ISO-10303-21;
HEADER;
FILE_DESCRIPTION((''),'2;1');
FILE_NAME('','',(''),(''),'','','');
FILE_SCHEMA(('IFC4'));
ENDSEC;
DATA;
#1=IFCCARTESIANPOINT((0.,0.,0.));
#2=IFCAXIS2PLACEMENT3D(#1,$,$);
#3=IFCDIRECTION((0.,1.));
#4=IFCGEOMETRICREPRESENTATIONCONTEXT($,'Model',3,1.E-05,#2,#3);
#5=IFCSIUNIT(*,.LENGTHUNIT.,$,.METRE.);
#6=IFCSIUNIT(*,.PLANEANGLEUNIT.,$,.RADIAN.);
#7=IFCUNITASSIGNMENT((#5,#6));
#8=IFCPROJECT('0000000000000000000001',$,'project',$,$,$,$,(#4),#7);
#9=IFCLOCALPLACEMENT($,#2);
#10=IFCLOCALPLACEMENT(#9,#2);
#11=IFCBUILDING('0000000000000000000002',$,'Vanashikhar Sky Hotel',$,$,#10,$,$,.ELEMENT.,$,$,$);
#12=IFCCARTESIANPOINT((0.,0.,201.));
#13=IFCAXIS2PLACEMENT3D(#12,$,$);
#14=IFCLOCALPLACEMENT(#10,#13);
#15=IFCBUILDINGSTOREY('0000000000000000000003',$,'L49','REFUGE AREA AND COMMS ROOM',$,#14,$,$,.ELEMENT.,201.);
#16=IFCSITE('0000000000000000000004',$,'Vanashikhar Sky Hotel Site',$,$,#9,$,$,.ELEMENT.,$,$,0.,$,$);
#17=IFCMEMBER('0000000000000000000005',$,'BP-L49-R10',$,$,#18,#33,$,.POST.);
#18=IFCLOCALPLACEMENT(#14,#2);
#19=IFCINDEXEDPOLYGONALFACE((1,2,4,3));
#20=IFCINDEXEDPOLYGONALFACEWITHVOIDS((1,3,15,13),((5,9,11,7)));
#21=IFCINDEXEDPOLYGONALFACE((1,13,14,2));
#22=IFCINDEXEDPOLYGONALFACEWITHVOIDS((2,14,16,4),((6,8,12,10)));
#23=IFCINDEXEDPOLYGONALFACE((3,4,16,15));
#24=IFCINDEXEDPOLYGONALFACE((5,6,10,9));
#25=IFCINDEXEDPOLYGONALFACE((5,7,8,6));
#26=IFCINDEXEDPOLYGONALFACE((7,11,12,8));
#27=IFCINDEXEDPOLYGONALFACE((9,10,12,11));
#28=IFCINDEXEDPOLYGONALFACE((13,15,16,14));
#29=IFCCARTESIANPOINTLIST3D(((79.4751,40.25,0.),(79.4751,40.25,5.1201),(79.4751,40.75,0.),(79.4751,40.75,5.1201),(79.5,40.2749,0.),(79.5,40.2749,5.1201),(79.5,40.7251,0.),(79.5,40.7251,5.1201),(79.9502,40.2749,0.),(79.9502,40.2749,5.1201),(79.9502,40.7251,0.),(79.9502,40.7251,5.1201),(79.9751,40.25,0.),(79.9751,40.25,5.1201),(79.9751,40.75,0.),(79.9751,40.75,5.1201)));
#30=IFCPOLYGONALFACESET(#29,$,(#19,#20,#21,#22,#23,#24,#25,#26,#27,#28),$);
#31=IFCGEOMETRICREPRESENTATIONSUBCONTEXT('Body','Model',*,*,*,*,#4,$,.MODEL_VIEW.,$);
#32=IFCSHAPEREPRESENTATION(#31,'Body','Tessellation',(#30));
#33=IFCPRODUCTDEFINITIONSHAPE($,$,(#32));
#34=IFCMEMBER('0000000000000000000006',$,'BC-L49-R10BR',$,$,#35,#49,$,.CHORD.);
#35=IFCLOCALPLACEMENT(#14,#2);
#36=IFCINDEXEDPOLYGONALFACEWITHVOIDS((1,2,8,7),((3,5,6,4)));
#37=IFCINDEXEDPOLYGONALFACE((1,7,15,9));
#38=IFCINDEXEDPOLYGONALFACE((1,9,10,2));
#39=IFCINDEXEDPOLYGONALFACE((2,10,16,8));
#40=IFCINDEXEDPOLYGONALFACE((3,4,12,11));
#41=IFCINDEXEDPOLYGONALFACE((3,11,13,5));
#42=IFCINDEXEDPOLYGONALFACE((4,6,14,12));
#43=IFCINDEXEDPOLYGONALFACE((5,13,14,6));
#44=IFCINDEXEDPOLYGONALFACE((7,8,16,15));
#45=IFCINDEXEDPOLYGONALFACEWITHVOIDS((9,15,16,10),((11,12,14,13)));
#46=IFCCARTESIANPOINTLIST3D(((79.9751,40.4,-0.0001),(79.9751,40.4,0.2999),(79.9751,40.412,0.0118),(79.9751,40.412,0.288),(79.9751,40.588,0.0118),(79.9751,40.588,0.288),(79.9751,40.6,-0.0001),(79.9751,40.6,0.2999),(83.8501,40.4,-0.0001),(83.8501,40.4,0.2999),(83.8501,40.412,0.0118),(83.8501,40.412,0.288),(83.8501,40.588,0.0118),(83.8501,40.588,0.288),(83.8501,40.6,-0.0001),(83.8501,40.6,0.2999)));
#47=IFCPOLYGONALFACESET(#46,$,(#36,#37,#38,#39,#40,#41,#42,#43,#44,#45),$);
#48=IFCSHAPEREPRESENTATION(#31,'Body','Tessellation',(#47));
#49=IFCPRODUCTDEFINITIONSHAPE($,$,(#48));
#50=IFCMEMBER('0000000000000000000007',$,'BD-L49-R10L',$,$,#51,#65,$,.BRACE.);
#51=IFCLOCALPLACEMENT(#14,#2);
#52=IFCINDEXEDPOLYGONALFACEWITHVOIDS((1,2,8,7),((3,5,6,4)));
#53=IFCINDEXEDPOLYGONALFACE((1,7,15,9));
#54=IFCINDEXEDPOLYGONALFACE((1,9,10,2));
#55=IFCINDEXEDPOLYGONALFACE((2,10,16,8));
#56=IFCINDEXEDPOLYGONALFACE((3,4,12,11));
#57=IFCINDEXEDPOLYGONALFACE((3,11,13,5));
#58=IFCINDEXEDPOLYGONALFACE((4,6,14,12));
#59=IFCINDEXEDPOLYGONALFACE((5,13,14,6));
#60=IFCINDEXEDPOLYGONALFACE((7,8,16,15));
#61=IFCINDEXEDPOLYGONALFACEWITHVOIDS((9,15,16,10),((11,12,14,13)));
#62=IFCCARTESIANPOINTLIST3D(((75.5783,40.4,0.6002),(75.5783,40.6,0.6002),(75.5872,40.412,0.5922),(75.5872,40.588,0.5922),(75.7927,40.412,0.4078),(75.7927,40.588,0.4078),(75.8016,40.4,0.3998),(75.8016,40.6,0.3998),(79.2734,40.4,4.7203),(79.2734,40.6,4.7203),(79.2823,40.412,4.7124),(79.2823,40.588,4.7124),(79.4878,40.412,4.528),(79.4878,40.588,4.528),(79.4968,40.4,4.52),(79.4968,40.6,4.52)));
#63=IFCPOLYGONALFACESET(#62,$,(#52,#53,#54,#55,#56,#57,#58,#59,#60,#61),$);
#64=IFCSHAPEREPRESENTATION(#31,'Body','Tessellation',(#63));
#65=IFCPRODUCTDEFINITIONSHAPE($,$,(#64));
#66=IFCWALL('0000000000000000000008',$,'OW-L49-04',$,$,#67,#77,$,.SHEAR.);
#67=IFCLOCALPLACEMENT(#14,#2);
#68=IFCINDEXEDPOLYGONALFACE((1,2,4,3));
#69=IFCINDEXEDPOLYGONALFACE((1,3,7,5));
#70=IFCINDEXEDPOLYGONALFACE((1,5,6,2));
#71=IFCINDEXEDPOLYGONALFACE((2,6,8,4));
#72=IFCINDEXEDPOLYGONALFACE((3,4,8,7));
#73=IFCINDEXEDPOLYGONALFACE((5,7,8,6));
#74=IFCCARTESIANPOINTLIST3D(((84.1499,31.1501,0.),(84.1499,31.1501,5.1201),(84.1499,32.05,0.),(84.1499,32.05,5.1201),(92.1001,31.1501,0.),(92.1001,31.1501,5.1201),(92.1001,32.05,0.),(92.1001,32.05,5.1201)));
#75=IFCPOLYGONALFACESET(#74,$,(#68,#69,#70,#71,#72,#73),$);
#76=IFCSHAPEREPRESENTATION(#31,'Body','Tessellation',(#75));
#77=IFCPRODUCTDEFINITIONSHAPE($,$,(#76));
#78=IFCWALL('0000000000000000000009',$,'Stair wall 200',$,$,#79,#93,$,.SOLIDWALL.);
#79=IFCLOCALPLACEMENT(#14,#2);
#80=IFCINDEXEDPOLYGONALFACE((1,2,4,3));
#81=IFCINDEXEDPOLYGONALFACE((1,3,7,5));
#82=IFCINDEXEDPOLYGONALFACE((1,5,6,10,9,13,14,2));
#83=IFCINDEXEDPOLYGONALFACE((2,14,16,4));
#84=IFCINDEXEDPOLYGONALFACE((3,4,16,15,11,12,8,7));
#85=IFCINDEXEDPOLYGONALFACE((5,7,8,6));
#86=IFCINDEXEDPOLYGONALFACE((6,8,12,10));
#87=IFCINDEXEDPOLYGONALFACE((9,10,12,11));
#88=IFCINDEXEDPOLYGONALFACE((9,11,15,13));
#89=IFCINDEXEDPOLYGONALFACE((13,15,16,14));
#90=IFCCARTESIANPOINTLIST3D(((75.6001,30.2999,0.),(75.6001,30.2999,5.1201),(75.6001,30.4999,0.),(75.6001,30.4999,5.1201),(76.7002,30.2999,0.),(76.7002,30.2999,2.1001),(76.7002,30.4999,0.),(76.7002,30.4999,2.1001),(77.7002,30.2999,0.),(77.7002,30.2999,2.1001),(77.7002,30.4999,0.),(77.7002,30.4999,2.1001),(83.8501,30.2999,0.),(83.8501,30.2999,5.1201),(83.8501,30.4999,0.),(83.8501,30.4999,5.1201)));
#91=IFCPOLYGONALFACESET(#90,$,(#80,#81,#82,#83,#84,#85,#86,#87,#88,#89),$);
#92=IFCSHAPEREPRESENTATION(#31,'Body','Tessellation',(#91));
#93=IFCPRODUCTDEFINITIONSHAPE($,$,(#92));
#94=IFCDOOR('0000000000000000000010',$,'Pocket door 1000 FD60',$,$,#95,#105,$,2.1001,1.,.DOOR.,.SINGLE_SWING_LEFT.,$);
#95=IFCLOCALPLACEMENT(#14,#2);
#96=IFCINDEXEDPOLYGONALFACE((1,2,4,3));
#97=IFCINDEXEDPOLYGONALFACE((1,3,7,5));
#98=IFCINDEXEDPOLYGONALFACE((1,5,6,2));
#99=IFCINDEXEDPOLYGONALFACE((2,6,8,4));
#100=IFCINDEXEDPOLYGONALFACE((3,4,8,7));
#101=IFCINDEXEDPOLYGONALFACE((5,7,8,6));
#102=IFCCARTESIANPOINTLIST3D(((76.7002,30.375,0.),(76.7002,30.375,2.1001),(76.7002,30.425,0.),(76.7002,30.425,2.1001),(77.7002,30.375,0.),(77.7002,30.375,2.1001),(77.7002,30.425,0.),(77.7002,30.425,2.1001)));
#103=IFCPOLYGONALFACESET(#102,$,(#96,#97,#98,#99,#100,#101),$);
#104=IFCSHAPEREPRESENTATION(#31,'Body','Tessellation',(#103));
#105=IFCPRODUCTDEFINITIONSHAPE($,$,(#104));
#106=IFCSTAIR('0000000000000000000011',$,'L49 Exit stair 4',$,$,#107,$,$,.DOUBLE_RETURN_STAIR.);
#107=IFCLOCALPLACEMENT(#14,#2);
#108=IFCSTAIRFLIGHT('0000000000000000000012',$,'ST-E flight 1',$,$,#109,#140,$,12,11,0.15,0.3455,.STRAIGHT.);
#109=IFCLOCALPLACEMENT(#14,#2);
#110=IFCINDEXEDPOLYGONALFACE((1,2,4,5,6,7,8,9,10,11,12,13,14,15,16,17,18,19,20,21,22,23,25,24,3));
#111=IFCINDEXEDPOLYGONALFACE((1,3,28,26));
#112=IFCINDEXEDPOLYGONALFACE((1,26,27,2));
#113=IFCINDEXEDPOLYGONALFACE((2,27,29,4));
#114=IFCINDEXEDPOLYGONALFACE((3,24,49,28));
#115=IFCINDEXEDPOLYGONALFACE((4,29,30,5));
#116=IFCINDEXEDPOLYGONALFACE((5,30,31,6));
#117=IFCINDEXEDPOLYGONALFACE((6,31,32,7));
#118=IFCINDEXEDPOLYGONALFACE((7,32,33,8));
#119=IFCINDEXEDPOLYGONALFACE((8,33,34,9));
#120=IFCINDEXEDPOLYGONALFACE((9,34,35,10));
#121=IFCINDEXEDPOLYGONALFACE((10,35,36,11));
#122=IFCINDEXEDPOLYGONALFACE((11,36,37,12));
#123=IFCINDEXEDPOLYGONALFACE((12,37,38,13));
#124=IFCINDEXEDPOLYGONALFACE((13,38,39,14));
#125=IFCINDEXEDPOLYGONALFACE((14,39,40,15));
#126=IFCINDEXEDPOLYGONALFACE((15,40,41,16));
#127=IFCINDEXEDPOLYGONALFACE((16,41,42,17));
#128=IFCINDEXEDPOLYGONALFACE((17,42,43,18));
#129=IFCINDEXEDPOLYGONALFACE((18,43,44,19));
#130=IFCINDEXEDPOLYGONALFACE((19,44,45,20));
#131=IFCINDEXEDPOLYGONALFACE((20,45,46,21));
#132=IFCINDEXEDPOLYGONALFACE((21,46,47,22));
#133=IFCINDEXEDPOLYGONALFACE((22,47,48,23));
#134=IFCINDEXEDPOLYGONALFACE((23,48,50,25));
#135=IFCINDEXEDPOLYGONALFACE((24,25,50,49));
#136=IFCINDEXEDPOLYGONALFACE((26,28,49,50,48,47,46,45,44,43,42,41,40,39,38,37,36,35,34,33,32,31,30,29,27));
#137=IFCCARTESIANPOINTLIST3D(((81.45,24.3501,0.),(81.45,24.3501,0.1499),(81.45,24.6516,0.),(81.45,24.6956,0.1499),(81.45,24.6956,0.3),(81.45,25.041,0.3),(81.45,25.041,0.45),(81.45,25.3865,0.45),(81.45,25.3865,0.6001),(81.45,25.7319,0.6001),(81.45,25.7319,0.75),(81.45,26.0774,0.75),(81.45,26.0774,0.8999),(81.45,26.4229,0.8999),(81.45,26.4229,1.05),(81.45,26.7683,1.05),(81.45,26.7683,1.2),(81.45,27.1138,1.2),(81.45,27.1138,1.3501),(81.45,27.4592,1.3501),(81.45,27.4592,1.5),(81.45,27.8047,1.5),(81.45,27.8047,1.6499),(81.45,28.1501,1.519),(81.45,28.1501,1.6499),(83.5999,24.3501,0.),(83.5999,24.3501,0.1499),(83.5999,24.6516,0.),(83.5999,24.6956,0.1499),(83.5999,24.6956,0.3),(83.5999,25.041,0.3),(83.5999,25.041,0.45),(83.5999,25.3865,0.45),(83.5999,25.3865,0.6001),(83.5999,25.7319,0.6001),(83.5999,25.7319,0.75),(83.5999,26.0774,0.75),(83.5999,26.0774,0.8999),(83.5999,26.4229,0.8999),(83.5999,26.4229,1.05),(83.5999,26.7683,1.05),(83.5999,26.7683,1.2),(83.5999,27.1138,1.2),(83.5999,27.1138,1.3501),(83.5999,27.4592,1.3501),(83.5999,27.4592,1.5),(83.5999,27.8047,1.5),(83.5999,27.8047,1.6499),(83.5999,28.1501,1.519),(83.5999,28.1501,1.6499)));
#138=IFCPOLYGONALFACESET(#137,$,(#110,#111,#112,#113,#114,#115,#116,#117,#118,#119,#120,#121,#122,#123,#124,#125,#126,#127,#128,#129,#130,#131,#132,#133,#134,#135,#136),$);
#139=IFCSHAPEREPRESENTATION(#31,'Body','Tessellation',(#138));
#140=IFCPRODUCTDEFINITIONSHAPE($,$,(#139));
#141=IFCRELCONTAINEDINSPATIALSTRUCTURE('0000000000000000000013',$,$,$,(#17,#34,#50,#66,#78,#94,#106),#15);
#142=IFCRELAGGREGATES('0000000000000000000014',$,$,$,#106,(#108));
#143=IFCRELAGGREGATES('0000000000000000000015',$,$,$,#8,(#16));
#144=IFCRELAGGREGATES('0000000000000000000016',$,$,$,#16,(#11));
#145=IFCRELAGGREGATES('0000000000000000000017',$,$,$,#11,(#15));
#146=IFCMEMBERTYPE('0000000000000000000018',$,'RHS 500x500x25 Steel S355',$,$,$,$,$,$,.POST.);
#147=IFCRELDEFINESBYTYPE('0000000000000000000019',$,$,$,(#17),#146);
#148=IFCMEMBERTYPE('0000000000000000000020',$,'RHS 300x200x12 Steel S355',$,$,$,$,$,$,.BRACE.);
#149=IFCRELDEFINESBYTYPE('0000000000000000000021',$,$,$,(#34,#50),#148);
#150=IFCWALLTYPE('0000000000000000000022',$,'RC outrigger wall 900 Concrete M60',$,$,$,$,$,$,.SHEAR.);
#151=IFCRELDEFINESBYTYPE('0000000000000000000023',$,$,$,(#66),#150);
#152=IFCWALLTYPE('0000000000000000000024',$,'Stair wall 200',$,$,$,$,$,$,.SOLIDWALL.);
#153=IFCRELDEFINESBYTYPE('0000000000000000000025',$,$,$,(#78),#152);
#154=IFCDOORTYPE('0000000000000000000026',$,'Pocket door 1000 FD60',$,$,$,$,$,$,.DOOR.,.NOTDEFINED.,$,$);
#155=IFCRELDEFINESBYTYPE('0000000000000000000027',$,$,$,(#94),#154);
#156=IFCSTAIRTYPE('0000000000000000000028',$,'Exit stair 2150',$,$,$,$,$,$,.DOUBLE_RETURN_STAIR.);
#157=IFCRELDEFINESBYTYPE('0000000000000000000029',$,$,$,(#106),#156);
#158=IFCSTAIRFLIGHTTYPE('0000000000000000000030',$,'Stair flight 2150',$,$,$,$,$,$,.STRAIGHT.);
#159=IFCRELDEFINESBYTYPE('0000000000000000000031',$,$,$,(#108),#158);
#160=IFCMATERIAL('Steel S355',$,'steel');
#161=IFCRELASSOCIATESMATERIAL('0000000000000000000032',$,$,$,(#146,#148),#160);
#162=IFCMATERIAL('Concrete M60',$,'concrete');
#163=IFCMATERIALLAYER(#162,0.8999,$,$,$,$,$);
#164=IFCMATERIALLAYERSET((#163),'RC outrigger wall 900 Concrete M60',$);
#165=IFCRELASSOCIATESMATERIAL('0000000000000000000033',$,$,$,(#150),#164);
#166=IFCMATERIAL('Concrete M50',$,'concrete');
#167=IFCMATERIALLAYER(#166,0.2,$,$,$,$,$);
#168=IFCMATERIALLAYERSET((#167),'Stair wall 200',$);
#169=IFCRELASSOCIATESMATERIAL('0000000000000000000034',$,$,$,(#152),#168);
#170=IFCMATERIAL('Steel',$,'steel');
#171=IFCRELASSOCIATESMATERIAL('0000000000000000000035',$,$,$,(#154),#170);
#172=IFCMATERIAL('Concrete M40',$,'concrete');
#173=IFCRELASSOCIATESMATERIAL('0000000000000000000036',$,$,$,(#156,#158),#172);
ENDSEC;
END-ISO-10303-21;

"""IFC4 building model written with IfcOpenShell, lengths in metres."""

from ifc_helpers import new_model, si_unit, direction, frame, frame_2d, origin, origin_2d, place, context, subcontext, project, spatial, polyline, rectangle, hollow_rectangle, outline, extrude, source, transform, mapped, material, layer, layer_set, material_profile, profile_set, type_object, element, fill, aggregate, save


model = new_model("IFC4")

# Units and contexts
model_context = context("Model", 3, precision=1e-05, world=origin(), true_north=direction((0.0, 1.0)))
body_context = subcontext(model_context, "Body", "Model", "MODEL_VIEW")
ifc_project = project(units=[si_unit("LENGTHUNIT", "METRE"), si_unit("PLANEANGLEUNIT", "RADIAN")], contexts=[model_context])

# Site, building, storey
site_placement = place(None, origin())
site = spatial("IfcSite", under=ifc_project, at=site_placement, Name="Vanashikhar Sky Hotel Site", CompositionType="ELEMENT", RefElevation=0.0)
building_placement = place(site_placement, origin())
building = spatial("IfcBuilding", under=site, at=building_placement, Name="Vanashikhar Sky Hotel", CompositionType="ELEMENT")
storey_placement = place(building_placement, frame((0.0, 0.0, 201.0)))
storey = spatial("IfcBuildingStorey", under=building, at=storey_placement, Name="L49", Description="REFUGE AREA AND COMMS ROOM", CompositionType="ELEMENT", Elevation=201.0)

# Members
ifc_material_1 = material(Name="Steel S355", Category="steel")
ifc_material_profile_1 = material_profile(ifc_material_1, hollow_rectangle(XDim=0.5, YDim=0.5, WallThickness=0.0249, at=origin_2d()))
ifc_profile_set_1 = profile_set([ifc_material_profile_1], Name="RHS 500x500x25 Steel S355")
member_type_1 = type_object("IfcMemberType", Name="RHS 500x500x25 Steel S355", PredefinedType="POST", material=ifc_profile_set_1)
shared_shape_1 = source(origin(), body_context, "Body", "SweptSolid", [
    extrude(hollow_rectangle(XDim=0.5, YDim=0.5, WallThickness=0.0249, at=origin_2d()), origin(), (0.0, 0.0, 1.0), 5.1201),
])
member_1_placement = place(storey_placement, frame((79.7251, 40.5, 0.0), z_axis=(0.0, 0.0, 1.0), x_axis=(1.0, 0.0, 0.0)))
element("IfcMember", 1, at=member_1_placement, inside=storey, type_object=member_type_1, Name="BP-L49-R10", PredefinedType="POST", context=body_context, shape_type="MappedRepresentation", body=[
    mapped(shared_shape_1, transform((0.0, 0.0, 0.0), scale=1.0)),
])
ifc_material_profile_2 = material_profile(ifc_material_1, hollow_rectangle(XDim=0.2, YDim=0.3, WallThickness=0.012, at=origin_2d()))
ifc_profile_set_2 = profile_set([ifc_material_profile_2], Name="RHS 300x200x12 Steel S355")
member_type_2 = type_object("IfcMemberType", Name="RHS 300x200x12 Steel S355", PredefinedType="BRACE", material=ifc_profile_set_2)
shared_shape_2 = source(origin(), body_context, "Body", "SweptSolid", [
    extrude(hollow_rectangle(XDim=0.2, YDim=0.3, WallThickness=0.012, at=origin_2d()), origin(), (0.0, 0.0, 1.0), 3.875),
])
member_2_placement = place(storey_placement, frame((79.9751, 40.5, 0.1499), z_axis=(1.0, 0.0, 0.0), x_axis=(0.0, 1.0, 0.0)))
element("IfcMember", 2, at=member_2_placement, inside=storey, type_object=member_type_2, Name="BC-L49-R10BR", PredefinedType="CHORD", context=body_context, shape_type="MappedRepresentation", body=[
    mapped(shared_shape_2, transform((0.0, 0.0, 0.0), scale=1.0)),
])
shared_shape_3 = source(origin(), body_context, "Body", "SweptSolid", [
    extrude(hollow_rectangle(XDim=0.2, YDim=0.3, WallThickness=0.012, at=origin_2d()), origin(), (0.0, 0.0, 1.0), 5.5344),
])
member_3_placement = place(storey_placement, frame((75.6899, 40.5, 0.5), z_axis=(0.667662, 0.0, 0.744464), x_axis=(0.0, 1.0, 0.0)))
element("IfcMember", 3, at=member_3_placement, inside=storey, type_object=member_type_2, Name="BD-L49-R10L", PredefinedType="BRACE", context=body_context, shape_type="MappedRepresentation", body=[
    mapped(shared_shape_3, transform((0.0, 0.0, 0.0), scale=1.0)),
])

# Wall
ifc_material_2 = material(Name="Concrete M60", Category="concrete")
ifc_layer_1 = layer(ifc_material_2, 0.8999)
ifc_layer_set_1 = layer_set([ifc_layer_1], Name="RC outrigger wall 900 Concrete M60")
wall_type_1 = type_object("IfcWallType", Name="RC outrigger wall 900 Concrete M60", PredefinedType="SHEAR", material=ifc_layer_set_1)
shared_shape_4 = source(origin(), body_context, "Body", "SweptSolid", [
    extrude(rectangle(XDim=7.9502, YDim=0.8999, at=frame_2d((3.9751, 0.0))), origin(), (0.0, 0.0, 1.0), 5.1201),
])
wall_1_placement = place(storey_placement, frame((84.1499, 31.6001, 0.0), z_axis=(0.0, 0.0, 1.0), x_axis=(1.0, 0.0, 0.0)))
element("IfcWall", 4, at=wall_1_placement, inside=storey, type_object=wall_type_1, Name="OW-L49-04", PredefinedType="SHEAR", context=body_context, shape_type="MappedRepresentation", body=[
    mapped(shared_shape_4, transform((0.0, 0.0, 0.0), scale=1.0)),
])

# Wall, opening, door
ifc_material_3 = material(Name="Concrete M50", Category="concrete")
ifc_layer_2 = layer(ifc_material_3, 0.2)
ifc_layer_set_2 = layer_set([ifc_layer_2], Name="Stair wall 200")
wall_type_2 = type_object("IfcWallType", Name="Stair wall 200", PredefinedType="SOLIDWALL", material=ifc_layer_set_2)
shared_shape_5 = source(origin(), body_context, "Body", "SweptSolid", [
    extrude(rectangle(XDim=8.25, YDim=0.2, at=frame_2d((4.125, 0.0))), origin(), (0.0, 0.0, 1.0), 5.1201),
])
wall_2_placement = place(storey_placement, frame((83.8501, 30.3999, 0.0), z_axis=(0.0, 0.0, 1.0), x_axis=(-1.0, 0.0, 0.0)))
wall_2 = element("IfcWall", 5, at=wall_2_placement, inside=storey, type_object=wall_type_2, Name="Stair wall 200", PredefinedType="SOLIDWALL", context=body_context, shape_type="MappedRepresentation", body=[
    mapped(shared_shape_5, transform((0.0, 0.0, 0.0), scale=1.0)),
])
shared_shape_6 = source(origin(), body_context, "Body", "SweptSolid", [
    extrude(rectangle(XDim=1.0, YDim=2.1001, at=frame_2d((0.5, 1.05))), frame((0.0, 0.1099, 0.0), z_axis=(0.0, -1.0, 0.0), x_axis=(1.0, 0.0, 0.0)), (0.0, 0.0, 1.0), 0.22),
])
opening_placement = place(wall_2_placement, frame((6.1499, 0.0, 0.0)))
opening = element("IfcOpeningElement", 6, at=opening_placement, cuts=wall_2, PredefinedType="OPENING", context=body_context, shape_type="MappedRepresentation", body=[
    mapped(shared_shape_6, transform((0.0, 0.0, 0.0), scale=1.0)),
])
ifc_material_4 = material(Name="Steel", Category="steel")
door_type = type_object("IfcDoorType", Name="Pocket door 1000 FD60", OperationType="NOTDEFINED", PredefinedType="DOOR", material=ifc_material_4)
shared_shape_7 = source(origin(), body_context, "Body", "SweptSolid", [
    extrude(rectangle(XDim=1.0, YDim=2.1001, at=frame_2d((0.5, 1.05))), frame((0.0, 0.0249, 0.0), z_axis=(0.0, -1.0, 0.0), x_axis=(1.0, 0.0, 0.0)), (0.0, 0.0, 1.0), 0.05),
])
door_placement = place(opening_placement, origin())
door = element("IfcDoor", 7, at=door_placement, inside=storey, type_object=door_type, Name="Pocket door 1000 FD60", OperationType="SINGLE_SWING_LEFT", OverallHeight=2.1001, OverallWidth=1.0, PredefinedType="DOOR", context=body_context, shape_type="MappedRepresentation", body=[
    mapped(shared_shape_7, transform((0.0, 0.0, 0.0), scale=1.0)),
])
fill(opening, door)

# Stair, stair flight
ifc_material_5 = material(Name="Concrete M40", Category="concrete")
stair_type = type_object("IfcStairType", Name="Exit stair 2150", PredefinedType="DOUBLE_RETURN_STAIR", material=ifc_material_5)
stair_placement = place(storey_placement, origin())
stair = element("IfcStair", 8, at=stair_placement, inside=storey, type_object=stair_type, Name="L49 Exit stair 4", PredefinedType="DOUBLE_RETURN_STAIR")
stair_flight_type = type_object("IfcStairFlightType", Name="Stair flight 2150", PredefinedType="STRAIGHT", material=ifc_material_5)
shared_shape_8 = source(origin(), body_context, "Body", "SweptSolid", [
    extrude(outline(polyline([(0.0, 0.0), (0.0, 0.1499), (0.3455, 0.1499), (0.3455, 0.3), (0.6909, 0.3), (0.6909, 0.45), (1.0364, 0.45), (1.0364, 0.6001), (1.3818, 0.6001), (1.3818, 0.75), (1.7273, 0.75), (1.7273, 0.8999), (2.0728, 0.8999), (2.0728, 1.05), (2.4182, 1.05), (2.4182, 1.2), (2.7637, 1.2), (2.7637, 1.3501), (3.1091, 1.3501), (3.1091, 1.5), (3.4546, 1.5), (3.4546, 1.6499), (3.8, 1.6499), (3.8, 1.8), (3.8, 1.519), (0.3015, 0.0), (0.0, 0.0)])), frame((0.0, 1.075, 0.0), z_axis=(0.0, -1.0, 0.0), x_axis=(1.0, 0.0, 0.0)), (0.0, 0.0, 1.0), 2.1499),
])
stair_flight_1_placement = place(storey_placement, frame((82.5249, 24.3501, 0.0), z_axis=(0.0, 0.0, 1.0), x_axis=(0.0, 1.0, 0.0)))
stair_flight_1 = element("IfcStairFlight", 9, at=stair_flight_1_placement, type_object=stair_flight_type, Name="ST-E flight 1", NumberOfRisers=12, NumberOfTreads=11, PredefinedType="STRAIGHT", RiserHeight=0.15, TreadLength=0.3455, context=body_context, shape_type="MappedRepresentation", body=[
    mapped(shared_shape_8, transform((0.0, 0.0, 0.0), scale=1.0)),
])
aggregate(stair, [stair_flight_1])

save(model, "model.ifc")
